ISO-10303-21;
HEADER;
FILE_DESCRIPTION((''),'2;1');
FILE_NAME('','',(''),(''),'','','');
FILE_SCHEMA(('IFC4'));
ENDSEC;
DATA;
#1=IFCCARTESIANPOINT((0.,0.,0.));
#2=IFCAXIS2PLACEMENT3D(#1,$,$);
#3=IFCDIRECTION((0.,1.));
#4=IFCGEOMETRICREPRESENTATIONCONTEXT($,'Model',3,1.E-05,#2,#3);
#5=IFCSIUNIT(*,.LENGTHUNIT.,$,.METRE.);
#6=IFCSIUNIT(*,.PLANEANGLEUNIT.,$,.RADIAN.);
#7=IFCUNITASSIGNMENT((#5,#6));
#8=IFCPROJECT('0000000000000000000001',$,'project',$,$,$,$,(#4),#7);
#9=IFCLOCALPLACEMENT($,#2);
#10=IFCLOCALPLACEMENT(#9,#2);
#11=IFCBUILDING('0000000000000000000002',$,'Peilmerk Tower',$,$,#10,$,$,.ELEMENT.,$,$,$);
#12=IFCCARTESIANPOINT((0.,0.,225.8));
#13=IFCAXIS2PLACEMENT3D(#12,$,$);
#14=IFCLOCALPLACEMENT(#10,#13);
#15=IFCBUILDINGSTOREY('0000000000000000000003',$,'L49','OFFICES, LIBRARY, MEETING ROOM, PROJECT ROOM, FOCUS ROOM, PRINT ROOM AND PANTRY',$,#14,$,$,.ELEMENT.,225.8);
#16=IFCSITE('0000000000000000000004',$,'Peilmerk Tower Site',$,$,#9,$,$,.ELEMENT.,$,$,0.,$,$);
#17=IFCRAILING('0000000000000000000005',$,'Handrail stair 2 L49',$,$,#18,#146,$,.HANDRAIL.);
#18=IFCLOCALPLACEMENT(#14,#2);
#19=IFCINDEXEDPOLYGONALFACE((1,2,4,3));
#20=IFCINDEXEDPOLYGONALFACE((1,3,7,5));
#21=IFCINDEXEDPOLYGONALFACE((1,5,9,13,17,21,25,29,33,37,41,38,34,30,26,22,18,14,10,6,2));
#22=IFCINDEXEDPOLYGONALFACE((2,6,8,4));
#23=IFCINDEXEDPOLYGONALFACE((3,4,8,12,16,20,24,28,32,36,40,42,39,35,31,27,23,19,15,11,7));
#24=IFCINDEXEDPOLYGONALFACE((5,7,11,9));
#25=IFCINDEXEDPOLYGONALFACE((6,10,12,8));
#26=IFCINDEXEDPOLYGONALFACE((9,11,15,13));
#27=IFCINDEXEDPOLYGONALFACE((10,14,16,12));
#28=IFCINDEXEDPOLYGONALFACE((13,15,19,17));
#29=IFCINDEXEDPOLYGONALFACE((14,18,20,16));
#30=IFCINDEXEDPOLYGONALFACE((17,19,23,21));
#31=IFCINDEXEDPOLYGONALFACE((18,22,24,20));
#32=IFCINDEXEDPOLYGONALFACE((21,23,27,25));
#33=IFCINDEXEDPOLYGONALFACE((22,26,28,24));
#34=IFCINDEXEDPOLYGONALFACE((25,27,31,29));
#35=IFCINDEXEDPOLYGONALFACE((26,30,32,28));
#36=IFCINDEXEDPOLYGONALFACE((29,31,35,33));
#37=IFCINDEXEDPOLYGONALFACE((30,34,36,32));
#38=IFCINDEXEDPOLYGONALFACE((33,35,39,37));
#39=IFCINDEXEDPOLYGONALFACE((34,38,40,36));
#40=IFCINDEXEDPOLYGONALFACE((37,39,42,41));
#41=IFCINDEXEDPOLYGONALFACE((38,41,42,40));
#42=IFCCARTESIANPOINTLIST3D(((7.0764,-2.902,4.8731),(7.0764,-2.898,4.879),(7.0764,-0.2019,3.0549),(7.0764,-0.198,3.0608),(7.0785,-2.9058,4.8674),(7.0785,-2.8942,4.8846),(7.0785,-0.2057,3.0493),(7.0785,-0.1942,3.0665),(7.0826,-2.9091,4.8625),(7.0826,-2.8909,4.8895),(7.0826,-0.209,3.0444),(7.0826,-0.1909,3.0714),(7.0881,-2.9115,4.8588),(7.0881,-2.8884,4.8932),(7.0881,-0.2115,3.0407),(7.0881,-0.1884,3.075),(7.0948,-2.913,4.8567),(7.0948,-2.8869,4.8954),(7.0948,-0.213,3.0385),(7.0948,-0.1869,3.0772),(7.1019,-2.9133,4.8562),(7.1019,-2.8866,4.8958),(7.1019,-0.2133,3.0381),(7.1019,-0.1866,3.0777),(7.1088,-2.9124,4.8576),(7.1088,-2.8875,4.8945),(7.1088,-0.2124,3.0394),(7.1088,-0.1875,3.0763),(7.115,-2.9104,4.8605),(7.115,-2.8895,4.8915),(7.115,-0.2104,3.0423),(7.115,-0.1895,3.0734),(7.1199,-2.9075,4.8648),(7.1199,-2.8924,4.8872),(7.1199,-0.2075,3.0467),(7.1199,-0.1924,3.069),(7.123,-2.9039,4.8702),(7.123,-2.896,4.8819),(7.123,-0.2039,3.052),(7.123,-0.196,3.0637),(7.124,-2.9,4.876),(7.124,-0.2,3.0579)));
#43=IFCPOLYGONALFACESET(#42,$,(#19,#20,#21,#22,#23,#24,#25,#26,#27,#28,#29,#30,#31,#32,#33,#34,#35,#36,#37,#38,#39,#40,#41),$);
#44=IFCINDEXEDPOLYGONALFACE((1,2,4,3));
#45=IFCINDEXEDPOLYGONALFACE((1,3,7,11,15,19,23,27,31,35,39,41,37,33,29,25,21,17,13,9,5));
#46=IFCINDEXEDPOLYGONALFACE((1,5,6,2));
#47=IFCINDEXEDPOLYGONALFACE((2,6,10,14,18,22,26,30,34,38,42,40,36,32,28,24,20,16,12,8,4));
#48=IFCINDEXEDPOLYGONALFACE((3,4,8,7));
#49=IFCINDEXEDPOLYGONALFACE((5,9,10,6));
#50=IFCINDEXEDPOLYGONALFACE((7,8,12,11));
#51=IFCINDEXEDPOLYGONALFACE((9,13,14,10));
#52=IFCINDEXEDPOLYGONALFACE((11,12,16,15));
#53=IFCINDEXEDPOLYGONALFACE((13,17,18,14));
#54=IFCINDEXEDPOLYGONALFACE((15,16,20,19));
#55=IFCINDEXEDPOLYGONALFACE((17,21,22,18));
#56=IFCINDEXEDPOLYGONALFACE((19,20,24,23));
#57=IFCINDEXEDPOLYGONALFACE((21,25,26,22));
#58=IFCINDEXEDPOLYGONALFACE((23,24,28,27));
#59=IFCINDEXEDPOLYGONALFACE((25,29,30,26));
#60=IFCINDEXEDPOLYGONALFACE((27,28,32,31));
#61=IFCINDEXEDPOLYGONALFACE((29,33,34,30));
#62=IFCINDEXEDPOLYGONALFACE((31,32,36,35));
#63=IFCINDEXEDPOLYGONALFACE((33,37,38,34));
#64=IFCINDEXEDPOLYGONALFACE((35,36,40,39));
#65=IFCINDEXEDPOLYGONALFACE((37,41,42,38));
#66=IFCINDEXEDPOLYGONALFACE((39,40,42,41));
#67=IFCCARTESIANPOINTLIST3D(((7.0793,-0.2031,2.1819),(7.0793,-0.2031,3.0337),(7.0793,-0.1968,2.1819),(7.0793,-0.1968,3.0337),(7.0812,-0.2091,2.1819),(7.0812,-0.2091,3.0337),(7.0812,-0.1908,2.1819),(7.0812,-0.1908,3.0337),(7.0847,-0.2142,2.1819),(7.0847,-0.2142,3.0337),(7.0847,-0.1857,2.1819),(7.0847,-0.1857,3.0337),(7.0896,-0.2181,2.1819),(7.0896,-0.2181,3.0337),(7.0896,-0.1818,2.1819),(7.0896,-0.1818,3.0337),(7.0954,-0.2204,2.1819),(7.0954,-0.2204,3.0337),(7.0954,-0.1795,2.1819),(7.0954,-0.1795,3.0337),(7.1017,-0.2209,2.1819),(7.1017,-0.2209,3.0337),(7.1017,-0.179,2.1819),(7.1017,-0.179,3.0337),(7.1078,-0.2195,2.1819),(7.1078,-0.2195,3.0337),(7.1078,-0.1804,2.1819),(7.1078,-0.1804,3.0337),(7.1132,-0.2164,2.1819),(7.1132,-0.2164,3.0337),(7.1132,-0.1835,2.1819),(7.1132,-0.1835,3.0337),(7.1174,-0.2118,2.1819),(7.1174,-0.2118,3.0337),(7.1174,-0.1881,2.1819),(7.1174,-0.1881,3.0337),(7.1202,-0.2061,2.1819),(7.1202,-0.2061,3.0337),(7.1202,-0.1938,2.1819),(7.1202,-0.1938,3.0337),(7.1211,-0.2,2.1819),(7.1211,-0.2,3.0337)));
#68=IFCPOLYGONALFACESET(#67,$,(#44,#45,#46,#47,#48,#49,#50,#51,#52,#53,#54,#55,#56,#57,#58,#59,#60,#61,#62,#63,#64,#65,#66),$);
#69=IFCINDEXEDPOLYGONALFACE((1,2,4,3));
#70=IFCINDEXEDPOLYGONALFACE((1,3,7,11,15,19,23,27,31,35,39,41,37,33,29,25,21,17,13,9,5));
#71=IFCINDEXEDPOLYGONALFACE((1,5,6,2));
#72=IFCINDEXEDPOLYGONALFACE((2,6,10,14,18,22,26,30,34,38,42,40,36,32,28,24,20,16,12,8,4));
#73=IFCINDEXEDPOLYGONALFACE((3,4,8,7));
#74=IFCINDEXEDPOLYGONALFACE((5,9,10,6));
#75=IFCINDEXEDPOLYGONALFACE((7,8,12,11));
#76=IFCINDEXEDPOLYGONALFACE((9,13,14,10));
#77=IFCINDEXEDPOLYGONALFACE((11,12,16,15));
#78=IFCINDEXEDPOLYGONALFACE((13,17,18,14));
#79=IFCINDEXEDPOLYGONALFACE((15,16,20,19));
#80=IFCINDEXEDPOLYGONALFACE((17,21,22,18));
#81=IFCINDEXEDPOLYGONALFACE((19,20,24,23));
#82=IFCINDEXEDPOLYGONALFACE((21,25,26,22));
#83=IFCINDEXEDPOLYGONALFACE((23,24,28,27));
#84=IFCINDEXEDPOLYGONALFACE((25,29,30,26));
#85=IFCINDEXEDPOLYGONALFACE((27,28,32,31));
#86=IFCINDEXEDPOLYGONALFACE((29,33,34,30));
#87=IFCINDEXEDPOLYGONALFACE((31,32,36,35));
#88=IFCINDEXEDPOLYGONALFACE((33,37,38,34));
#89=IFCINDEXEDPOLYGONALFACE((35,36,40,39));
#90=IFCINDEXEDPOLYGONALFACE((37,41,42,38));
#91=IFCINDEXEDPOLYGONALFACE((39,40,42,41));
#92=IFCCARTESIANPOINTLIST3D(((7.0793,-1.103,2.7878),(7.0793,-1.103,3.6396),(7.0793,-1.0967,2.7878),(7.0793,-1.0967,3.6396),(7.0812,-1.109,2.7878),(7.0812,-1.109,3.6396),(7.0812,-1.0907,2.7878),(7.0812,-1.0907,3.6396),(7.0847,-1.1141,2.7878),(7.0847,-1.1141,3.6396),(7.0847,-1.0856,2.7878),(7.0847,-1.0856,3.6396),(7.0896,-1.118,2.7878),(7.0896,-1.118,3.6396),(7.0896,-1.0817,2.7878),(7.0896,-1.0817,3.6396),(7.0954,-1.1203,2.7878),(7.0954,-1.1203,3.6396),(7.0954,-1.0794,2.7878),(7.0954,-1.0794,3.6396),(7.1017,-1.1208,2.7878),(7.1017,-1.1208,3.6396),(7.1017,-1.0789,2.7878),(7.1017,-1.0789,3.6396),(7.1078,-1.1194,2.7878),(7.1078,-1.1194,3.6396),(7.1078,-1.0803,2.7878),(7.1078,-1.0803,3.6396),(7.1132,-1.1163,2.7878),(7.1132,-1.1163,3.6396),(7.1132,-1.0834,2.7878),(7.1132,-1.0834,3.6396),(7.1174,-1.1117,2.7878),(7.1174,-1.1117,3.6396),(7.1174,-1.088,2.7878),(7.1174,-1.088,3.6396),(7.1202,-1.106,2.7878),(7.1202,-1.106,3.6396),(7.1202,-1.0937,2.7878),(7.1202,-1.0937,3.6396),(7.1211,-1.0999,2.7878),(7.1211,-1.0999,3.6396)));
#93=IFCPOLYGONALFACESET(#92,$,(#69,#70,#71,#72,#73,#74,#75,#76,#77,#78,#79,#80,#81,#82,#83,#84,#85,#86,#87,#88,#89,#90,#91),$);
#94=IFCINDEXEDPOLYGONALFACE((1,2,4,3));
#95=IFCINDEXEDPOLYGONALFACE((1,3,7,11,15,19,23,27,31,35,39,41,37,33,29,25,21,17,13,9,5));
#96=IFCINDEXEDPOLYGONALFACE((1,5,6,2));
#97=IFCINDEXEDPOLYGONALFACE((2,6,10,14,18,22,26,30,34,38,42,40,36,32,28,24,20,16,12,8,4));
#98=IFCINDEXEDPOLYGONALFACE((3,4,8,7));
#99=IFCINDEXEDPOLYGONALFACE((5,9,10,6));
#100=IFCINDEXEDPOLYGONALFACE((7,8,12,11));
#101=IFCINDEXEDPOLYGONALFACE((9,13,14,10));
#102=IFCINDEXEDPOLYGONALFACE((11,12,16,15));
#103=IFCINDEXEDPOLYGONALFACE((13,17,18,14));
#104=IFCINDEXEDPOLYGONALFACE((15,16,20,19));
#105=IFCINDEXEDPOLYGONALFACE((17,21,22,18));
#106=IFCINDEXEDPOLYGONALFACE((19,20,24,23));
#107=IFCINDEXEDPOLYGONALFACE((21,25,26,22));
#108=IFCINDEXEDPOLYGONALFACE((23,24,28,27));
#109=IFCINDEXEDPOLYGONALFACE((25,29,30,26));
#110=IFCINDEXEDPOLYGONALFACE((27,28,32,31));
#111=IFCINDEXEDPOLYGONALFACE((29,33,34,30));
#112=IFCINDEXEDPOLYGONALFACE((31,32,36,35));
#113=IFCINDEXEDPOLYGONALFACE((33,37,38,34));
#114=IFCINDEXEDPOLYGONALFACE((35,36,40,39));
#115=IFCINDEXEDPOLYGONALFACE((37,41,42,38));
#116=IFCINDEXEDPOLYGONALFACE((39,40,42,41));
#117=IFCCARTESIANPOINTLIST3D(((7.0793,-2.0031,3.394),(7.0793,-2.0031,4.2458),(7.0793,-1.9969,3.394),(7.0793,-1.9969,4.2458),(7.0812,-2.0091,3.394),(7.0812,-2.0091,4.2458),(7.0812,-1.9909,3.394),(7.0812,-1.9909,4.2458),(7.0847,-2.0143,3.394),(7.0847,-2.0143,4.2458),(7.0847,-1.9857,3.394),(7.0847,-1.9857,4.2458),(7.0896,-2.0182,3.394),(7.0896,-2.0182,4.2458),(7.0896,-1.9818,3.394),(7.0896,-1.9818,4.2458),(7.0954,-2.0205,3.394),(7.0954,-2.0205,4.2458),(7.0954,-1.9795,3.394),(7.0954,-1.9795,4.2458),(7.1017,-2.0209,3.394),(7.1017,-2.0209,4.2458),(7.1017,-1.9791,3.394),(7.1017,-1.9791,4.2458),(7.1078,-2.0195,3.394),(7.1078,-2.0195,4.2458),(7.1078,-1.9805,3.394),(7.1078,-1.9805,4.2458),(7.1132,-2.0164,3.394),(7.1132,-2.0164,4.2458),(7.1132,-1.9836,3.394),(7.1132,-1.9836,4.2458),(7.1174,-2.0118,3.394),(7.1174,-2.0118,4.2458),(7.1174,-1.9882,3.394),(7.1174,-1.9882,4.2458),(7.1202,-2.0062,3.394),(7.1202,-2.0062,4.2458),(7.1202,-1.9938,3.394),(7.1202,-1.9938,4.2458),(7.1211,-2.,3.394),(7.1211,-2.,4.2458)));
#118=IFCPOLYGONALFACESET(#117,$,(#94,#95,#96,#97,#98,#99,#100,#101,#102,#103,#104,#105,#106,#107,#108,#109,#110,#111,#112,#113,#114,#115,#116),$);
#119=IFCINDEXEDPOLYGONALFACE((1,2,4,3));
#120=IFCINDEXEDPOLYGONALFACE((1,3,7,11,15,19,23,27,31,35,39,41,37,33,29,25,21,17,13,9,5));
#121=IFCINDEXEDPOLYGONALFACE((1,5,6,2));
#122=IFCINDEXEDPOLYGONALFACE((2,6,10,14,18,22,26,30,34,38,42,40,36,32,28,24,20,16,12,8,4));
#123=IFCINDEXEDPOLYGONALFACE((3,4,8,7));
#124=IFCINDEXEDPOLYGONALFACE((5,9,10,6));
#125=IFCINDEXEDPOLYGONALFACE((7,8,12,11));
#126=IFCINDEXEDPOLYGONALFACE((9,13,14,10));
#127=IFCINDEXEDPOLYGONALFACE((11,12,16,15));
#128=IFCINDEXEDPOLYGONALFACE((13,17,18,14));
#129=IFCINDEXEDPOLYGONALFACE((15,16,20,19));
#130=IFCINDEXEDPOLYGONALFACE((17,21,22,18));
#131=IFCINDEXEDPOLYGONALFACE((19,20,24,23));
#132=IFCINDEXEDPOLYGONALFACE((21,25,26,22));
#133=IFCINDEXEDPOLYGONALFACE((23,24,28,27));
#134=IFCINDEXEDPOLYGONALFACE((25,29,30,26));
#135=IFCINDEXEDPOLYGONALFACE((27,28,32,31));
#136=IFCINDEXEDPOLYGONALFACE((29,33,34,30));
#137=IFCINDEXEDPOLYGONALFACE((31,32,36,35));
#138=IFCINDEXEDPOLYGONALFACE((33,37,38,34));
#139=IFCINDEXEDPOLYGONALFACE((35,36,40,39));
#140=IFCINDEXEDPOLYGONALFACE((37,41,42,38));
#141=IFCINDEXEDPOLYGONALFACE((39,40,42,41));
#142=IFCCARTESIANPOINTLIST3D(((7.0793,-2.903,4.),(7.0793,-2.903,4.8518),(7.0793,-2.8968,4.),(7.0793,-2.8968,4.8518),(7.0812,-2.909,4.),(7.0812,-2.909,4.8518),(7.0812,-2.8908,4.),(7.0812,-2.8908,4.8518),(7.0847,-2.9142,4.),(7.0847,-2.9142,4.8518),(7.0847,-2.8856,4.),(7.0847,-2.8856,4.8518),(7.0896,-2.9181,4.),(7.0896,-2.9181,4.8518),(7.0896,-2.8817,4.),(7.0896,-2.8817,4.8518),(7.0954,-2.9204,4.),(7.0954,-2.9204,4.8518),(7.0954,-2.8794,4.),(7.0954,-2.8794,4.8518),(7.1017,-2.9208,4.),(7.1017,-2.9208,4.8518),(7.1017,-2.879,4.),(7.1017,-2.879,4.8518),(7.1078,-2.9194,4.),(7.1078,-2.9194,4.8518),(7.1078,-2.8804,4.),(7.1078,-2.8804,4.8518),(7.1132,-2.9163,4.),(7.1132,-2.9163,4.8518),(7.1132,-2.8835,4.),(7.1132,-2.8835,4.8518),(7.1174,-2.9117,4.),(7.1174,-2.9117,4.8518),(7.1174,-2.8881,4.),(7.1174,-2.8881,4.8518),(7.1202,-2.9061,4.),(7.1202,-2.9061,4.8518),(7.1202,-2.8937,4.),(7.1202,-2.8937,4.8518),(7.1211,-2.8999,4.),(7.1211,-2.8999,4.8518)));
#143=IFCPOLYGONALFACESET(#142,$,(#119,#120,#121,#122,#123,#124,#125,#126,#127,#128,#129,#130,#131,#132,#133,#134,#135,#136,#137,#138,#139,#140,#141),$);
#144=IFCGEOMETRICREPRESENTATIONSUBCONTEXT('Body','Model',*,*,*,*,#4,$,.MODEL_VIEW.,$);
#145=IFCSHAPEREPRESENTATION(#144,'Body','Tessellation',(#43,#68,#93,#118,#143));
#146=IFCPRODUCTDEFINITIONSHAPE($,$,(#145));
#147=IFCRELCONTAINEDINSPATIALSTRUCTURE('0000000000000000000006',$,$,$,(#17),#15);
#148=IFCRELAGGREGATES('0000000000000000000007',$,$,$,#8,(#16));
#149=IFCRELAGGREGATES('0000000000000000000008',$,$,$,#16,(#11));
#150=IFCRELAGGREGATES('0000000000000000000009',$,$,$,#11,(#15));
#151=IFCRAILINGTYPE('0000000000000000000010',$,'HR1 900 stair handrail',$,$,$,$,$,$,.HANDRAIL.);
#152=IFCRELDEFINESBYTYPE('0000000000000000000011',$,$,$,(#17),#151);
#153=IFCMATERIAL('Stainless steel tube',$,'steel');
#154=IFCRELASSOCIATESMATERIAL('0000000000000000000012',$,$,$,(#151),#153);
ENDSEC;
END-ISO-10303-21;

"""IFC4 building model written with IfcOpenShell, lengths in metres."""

from ifc_helpers import new_model, si_unit, direction, frame, origin, origin_2d, place, context, subcontext, project, spatial, circle, extrude, material, type_object, element, save


model = new_model("IFC4")

# Units and contexts
model_context = context("Model", 3, precision=1e-05, world=origin(), true_north=direction((0.0, 1.0)))
body_context = subcontext(model_context, "Body", "Model", "MODEL_VIEW")
ifc_project = project(units=[si_unit("LENGTHUNIT", "METRE"), si_unit("PLANEANGLEUNIT", "RADIAN")], contexts=[model_context])

# Site, building, storey
site_placement = place(None, origin())
site = spatial("IfcSite", under=ifc_project, at=site_placement, Name="Peilmerk Tower Site", CompositionType="ELEMENT", RefElevation=0.0)
building_placement = place(site_placement, origin())
building = spatial("IfcBuilding", under=site, at=building_placement, Name="Peilmerk Tower", CompositionType="ELEMENT")
storey_placement = place(building_placement, frame((0.0, 0.0, 225.8)))
storey = spatial("IfcBuildingStorey", under=building, at=storey_placement, Name="L49", Description="OFFICES, LIBRARY, MEETING ROOM, PROJECT ROOM, FOCUS ROOM, PRINT ROOM AND PANTRY", CompositionType="ELEMENT", Elevation=225.8)

# Railing
ifc_material_1 = material(Name="Stainless steel tube", Category="steel")
railing_type_1 = type_object("IfcRailingType", Name="HR1 900 stair handrail", PredefinedType="HANDRAIL", material=ifc_material_1)
railing_1_placement = place(storey_placement, frame((7.1001, -0.2, 2.1819)))
element("IfcRailing", 1, at=railing_1_placement, inside=storey, type_object=railing_type_1, Name="Handrail stair 2 L49", PredefinedType="HANDRAIL", context=body_context, shape_type="SweptSolid", body=[
    extrude(circle(Radius=0.0239, at=origin_2d()), frame((0.0, 0.0, 0.876), z_axis=(0.0, -0.829468, 0.558554), x_axis=(1.0, 0.0, 0.0)), (0.0, 0.0, 1.0), 3.2551),
    extrude(circle(Radius=0.021, at=origin_2d()), origin(), (0.0, 0.0, 1.0), 0.8518),
    extrude(circle(Radius=0.021, at=origin_2d()), frame((0.0, -0.8999, 0.606)), (0.0, 0.0, 1.0), 0.8518),
    extrude(circle(Radius=0.021, at=origin_2d()), frame((0.0, -1.8, 1.2122)), (0.0, 0.0, 1.0), 0.8518),
    extrude(circle(Radius=0.021, at=origin_2d()), frame((0.0, -2.7, 1.8181)), (0.0, 0.0, 1.0), 0.8518),
])

save(model, "model.ifc")
